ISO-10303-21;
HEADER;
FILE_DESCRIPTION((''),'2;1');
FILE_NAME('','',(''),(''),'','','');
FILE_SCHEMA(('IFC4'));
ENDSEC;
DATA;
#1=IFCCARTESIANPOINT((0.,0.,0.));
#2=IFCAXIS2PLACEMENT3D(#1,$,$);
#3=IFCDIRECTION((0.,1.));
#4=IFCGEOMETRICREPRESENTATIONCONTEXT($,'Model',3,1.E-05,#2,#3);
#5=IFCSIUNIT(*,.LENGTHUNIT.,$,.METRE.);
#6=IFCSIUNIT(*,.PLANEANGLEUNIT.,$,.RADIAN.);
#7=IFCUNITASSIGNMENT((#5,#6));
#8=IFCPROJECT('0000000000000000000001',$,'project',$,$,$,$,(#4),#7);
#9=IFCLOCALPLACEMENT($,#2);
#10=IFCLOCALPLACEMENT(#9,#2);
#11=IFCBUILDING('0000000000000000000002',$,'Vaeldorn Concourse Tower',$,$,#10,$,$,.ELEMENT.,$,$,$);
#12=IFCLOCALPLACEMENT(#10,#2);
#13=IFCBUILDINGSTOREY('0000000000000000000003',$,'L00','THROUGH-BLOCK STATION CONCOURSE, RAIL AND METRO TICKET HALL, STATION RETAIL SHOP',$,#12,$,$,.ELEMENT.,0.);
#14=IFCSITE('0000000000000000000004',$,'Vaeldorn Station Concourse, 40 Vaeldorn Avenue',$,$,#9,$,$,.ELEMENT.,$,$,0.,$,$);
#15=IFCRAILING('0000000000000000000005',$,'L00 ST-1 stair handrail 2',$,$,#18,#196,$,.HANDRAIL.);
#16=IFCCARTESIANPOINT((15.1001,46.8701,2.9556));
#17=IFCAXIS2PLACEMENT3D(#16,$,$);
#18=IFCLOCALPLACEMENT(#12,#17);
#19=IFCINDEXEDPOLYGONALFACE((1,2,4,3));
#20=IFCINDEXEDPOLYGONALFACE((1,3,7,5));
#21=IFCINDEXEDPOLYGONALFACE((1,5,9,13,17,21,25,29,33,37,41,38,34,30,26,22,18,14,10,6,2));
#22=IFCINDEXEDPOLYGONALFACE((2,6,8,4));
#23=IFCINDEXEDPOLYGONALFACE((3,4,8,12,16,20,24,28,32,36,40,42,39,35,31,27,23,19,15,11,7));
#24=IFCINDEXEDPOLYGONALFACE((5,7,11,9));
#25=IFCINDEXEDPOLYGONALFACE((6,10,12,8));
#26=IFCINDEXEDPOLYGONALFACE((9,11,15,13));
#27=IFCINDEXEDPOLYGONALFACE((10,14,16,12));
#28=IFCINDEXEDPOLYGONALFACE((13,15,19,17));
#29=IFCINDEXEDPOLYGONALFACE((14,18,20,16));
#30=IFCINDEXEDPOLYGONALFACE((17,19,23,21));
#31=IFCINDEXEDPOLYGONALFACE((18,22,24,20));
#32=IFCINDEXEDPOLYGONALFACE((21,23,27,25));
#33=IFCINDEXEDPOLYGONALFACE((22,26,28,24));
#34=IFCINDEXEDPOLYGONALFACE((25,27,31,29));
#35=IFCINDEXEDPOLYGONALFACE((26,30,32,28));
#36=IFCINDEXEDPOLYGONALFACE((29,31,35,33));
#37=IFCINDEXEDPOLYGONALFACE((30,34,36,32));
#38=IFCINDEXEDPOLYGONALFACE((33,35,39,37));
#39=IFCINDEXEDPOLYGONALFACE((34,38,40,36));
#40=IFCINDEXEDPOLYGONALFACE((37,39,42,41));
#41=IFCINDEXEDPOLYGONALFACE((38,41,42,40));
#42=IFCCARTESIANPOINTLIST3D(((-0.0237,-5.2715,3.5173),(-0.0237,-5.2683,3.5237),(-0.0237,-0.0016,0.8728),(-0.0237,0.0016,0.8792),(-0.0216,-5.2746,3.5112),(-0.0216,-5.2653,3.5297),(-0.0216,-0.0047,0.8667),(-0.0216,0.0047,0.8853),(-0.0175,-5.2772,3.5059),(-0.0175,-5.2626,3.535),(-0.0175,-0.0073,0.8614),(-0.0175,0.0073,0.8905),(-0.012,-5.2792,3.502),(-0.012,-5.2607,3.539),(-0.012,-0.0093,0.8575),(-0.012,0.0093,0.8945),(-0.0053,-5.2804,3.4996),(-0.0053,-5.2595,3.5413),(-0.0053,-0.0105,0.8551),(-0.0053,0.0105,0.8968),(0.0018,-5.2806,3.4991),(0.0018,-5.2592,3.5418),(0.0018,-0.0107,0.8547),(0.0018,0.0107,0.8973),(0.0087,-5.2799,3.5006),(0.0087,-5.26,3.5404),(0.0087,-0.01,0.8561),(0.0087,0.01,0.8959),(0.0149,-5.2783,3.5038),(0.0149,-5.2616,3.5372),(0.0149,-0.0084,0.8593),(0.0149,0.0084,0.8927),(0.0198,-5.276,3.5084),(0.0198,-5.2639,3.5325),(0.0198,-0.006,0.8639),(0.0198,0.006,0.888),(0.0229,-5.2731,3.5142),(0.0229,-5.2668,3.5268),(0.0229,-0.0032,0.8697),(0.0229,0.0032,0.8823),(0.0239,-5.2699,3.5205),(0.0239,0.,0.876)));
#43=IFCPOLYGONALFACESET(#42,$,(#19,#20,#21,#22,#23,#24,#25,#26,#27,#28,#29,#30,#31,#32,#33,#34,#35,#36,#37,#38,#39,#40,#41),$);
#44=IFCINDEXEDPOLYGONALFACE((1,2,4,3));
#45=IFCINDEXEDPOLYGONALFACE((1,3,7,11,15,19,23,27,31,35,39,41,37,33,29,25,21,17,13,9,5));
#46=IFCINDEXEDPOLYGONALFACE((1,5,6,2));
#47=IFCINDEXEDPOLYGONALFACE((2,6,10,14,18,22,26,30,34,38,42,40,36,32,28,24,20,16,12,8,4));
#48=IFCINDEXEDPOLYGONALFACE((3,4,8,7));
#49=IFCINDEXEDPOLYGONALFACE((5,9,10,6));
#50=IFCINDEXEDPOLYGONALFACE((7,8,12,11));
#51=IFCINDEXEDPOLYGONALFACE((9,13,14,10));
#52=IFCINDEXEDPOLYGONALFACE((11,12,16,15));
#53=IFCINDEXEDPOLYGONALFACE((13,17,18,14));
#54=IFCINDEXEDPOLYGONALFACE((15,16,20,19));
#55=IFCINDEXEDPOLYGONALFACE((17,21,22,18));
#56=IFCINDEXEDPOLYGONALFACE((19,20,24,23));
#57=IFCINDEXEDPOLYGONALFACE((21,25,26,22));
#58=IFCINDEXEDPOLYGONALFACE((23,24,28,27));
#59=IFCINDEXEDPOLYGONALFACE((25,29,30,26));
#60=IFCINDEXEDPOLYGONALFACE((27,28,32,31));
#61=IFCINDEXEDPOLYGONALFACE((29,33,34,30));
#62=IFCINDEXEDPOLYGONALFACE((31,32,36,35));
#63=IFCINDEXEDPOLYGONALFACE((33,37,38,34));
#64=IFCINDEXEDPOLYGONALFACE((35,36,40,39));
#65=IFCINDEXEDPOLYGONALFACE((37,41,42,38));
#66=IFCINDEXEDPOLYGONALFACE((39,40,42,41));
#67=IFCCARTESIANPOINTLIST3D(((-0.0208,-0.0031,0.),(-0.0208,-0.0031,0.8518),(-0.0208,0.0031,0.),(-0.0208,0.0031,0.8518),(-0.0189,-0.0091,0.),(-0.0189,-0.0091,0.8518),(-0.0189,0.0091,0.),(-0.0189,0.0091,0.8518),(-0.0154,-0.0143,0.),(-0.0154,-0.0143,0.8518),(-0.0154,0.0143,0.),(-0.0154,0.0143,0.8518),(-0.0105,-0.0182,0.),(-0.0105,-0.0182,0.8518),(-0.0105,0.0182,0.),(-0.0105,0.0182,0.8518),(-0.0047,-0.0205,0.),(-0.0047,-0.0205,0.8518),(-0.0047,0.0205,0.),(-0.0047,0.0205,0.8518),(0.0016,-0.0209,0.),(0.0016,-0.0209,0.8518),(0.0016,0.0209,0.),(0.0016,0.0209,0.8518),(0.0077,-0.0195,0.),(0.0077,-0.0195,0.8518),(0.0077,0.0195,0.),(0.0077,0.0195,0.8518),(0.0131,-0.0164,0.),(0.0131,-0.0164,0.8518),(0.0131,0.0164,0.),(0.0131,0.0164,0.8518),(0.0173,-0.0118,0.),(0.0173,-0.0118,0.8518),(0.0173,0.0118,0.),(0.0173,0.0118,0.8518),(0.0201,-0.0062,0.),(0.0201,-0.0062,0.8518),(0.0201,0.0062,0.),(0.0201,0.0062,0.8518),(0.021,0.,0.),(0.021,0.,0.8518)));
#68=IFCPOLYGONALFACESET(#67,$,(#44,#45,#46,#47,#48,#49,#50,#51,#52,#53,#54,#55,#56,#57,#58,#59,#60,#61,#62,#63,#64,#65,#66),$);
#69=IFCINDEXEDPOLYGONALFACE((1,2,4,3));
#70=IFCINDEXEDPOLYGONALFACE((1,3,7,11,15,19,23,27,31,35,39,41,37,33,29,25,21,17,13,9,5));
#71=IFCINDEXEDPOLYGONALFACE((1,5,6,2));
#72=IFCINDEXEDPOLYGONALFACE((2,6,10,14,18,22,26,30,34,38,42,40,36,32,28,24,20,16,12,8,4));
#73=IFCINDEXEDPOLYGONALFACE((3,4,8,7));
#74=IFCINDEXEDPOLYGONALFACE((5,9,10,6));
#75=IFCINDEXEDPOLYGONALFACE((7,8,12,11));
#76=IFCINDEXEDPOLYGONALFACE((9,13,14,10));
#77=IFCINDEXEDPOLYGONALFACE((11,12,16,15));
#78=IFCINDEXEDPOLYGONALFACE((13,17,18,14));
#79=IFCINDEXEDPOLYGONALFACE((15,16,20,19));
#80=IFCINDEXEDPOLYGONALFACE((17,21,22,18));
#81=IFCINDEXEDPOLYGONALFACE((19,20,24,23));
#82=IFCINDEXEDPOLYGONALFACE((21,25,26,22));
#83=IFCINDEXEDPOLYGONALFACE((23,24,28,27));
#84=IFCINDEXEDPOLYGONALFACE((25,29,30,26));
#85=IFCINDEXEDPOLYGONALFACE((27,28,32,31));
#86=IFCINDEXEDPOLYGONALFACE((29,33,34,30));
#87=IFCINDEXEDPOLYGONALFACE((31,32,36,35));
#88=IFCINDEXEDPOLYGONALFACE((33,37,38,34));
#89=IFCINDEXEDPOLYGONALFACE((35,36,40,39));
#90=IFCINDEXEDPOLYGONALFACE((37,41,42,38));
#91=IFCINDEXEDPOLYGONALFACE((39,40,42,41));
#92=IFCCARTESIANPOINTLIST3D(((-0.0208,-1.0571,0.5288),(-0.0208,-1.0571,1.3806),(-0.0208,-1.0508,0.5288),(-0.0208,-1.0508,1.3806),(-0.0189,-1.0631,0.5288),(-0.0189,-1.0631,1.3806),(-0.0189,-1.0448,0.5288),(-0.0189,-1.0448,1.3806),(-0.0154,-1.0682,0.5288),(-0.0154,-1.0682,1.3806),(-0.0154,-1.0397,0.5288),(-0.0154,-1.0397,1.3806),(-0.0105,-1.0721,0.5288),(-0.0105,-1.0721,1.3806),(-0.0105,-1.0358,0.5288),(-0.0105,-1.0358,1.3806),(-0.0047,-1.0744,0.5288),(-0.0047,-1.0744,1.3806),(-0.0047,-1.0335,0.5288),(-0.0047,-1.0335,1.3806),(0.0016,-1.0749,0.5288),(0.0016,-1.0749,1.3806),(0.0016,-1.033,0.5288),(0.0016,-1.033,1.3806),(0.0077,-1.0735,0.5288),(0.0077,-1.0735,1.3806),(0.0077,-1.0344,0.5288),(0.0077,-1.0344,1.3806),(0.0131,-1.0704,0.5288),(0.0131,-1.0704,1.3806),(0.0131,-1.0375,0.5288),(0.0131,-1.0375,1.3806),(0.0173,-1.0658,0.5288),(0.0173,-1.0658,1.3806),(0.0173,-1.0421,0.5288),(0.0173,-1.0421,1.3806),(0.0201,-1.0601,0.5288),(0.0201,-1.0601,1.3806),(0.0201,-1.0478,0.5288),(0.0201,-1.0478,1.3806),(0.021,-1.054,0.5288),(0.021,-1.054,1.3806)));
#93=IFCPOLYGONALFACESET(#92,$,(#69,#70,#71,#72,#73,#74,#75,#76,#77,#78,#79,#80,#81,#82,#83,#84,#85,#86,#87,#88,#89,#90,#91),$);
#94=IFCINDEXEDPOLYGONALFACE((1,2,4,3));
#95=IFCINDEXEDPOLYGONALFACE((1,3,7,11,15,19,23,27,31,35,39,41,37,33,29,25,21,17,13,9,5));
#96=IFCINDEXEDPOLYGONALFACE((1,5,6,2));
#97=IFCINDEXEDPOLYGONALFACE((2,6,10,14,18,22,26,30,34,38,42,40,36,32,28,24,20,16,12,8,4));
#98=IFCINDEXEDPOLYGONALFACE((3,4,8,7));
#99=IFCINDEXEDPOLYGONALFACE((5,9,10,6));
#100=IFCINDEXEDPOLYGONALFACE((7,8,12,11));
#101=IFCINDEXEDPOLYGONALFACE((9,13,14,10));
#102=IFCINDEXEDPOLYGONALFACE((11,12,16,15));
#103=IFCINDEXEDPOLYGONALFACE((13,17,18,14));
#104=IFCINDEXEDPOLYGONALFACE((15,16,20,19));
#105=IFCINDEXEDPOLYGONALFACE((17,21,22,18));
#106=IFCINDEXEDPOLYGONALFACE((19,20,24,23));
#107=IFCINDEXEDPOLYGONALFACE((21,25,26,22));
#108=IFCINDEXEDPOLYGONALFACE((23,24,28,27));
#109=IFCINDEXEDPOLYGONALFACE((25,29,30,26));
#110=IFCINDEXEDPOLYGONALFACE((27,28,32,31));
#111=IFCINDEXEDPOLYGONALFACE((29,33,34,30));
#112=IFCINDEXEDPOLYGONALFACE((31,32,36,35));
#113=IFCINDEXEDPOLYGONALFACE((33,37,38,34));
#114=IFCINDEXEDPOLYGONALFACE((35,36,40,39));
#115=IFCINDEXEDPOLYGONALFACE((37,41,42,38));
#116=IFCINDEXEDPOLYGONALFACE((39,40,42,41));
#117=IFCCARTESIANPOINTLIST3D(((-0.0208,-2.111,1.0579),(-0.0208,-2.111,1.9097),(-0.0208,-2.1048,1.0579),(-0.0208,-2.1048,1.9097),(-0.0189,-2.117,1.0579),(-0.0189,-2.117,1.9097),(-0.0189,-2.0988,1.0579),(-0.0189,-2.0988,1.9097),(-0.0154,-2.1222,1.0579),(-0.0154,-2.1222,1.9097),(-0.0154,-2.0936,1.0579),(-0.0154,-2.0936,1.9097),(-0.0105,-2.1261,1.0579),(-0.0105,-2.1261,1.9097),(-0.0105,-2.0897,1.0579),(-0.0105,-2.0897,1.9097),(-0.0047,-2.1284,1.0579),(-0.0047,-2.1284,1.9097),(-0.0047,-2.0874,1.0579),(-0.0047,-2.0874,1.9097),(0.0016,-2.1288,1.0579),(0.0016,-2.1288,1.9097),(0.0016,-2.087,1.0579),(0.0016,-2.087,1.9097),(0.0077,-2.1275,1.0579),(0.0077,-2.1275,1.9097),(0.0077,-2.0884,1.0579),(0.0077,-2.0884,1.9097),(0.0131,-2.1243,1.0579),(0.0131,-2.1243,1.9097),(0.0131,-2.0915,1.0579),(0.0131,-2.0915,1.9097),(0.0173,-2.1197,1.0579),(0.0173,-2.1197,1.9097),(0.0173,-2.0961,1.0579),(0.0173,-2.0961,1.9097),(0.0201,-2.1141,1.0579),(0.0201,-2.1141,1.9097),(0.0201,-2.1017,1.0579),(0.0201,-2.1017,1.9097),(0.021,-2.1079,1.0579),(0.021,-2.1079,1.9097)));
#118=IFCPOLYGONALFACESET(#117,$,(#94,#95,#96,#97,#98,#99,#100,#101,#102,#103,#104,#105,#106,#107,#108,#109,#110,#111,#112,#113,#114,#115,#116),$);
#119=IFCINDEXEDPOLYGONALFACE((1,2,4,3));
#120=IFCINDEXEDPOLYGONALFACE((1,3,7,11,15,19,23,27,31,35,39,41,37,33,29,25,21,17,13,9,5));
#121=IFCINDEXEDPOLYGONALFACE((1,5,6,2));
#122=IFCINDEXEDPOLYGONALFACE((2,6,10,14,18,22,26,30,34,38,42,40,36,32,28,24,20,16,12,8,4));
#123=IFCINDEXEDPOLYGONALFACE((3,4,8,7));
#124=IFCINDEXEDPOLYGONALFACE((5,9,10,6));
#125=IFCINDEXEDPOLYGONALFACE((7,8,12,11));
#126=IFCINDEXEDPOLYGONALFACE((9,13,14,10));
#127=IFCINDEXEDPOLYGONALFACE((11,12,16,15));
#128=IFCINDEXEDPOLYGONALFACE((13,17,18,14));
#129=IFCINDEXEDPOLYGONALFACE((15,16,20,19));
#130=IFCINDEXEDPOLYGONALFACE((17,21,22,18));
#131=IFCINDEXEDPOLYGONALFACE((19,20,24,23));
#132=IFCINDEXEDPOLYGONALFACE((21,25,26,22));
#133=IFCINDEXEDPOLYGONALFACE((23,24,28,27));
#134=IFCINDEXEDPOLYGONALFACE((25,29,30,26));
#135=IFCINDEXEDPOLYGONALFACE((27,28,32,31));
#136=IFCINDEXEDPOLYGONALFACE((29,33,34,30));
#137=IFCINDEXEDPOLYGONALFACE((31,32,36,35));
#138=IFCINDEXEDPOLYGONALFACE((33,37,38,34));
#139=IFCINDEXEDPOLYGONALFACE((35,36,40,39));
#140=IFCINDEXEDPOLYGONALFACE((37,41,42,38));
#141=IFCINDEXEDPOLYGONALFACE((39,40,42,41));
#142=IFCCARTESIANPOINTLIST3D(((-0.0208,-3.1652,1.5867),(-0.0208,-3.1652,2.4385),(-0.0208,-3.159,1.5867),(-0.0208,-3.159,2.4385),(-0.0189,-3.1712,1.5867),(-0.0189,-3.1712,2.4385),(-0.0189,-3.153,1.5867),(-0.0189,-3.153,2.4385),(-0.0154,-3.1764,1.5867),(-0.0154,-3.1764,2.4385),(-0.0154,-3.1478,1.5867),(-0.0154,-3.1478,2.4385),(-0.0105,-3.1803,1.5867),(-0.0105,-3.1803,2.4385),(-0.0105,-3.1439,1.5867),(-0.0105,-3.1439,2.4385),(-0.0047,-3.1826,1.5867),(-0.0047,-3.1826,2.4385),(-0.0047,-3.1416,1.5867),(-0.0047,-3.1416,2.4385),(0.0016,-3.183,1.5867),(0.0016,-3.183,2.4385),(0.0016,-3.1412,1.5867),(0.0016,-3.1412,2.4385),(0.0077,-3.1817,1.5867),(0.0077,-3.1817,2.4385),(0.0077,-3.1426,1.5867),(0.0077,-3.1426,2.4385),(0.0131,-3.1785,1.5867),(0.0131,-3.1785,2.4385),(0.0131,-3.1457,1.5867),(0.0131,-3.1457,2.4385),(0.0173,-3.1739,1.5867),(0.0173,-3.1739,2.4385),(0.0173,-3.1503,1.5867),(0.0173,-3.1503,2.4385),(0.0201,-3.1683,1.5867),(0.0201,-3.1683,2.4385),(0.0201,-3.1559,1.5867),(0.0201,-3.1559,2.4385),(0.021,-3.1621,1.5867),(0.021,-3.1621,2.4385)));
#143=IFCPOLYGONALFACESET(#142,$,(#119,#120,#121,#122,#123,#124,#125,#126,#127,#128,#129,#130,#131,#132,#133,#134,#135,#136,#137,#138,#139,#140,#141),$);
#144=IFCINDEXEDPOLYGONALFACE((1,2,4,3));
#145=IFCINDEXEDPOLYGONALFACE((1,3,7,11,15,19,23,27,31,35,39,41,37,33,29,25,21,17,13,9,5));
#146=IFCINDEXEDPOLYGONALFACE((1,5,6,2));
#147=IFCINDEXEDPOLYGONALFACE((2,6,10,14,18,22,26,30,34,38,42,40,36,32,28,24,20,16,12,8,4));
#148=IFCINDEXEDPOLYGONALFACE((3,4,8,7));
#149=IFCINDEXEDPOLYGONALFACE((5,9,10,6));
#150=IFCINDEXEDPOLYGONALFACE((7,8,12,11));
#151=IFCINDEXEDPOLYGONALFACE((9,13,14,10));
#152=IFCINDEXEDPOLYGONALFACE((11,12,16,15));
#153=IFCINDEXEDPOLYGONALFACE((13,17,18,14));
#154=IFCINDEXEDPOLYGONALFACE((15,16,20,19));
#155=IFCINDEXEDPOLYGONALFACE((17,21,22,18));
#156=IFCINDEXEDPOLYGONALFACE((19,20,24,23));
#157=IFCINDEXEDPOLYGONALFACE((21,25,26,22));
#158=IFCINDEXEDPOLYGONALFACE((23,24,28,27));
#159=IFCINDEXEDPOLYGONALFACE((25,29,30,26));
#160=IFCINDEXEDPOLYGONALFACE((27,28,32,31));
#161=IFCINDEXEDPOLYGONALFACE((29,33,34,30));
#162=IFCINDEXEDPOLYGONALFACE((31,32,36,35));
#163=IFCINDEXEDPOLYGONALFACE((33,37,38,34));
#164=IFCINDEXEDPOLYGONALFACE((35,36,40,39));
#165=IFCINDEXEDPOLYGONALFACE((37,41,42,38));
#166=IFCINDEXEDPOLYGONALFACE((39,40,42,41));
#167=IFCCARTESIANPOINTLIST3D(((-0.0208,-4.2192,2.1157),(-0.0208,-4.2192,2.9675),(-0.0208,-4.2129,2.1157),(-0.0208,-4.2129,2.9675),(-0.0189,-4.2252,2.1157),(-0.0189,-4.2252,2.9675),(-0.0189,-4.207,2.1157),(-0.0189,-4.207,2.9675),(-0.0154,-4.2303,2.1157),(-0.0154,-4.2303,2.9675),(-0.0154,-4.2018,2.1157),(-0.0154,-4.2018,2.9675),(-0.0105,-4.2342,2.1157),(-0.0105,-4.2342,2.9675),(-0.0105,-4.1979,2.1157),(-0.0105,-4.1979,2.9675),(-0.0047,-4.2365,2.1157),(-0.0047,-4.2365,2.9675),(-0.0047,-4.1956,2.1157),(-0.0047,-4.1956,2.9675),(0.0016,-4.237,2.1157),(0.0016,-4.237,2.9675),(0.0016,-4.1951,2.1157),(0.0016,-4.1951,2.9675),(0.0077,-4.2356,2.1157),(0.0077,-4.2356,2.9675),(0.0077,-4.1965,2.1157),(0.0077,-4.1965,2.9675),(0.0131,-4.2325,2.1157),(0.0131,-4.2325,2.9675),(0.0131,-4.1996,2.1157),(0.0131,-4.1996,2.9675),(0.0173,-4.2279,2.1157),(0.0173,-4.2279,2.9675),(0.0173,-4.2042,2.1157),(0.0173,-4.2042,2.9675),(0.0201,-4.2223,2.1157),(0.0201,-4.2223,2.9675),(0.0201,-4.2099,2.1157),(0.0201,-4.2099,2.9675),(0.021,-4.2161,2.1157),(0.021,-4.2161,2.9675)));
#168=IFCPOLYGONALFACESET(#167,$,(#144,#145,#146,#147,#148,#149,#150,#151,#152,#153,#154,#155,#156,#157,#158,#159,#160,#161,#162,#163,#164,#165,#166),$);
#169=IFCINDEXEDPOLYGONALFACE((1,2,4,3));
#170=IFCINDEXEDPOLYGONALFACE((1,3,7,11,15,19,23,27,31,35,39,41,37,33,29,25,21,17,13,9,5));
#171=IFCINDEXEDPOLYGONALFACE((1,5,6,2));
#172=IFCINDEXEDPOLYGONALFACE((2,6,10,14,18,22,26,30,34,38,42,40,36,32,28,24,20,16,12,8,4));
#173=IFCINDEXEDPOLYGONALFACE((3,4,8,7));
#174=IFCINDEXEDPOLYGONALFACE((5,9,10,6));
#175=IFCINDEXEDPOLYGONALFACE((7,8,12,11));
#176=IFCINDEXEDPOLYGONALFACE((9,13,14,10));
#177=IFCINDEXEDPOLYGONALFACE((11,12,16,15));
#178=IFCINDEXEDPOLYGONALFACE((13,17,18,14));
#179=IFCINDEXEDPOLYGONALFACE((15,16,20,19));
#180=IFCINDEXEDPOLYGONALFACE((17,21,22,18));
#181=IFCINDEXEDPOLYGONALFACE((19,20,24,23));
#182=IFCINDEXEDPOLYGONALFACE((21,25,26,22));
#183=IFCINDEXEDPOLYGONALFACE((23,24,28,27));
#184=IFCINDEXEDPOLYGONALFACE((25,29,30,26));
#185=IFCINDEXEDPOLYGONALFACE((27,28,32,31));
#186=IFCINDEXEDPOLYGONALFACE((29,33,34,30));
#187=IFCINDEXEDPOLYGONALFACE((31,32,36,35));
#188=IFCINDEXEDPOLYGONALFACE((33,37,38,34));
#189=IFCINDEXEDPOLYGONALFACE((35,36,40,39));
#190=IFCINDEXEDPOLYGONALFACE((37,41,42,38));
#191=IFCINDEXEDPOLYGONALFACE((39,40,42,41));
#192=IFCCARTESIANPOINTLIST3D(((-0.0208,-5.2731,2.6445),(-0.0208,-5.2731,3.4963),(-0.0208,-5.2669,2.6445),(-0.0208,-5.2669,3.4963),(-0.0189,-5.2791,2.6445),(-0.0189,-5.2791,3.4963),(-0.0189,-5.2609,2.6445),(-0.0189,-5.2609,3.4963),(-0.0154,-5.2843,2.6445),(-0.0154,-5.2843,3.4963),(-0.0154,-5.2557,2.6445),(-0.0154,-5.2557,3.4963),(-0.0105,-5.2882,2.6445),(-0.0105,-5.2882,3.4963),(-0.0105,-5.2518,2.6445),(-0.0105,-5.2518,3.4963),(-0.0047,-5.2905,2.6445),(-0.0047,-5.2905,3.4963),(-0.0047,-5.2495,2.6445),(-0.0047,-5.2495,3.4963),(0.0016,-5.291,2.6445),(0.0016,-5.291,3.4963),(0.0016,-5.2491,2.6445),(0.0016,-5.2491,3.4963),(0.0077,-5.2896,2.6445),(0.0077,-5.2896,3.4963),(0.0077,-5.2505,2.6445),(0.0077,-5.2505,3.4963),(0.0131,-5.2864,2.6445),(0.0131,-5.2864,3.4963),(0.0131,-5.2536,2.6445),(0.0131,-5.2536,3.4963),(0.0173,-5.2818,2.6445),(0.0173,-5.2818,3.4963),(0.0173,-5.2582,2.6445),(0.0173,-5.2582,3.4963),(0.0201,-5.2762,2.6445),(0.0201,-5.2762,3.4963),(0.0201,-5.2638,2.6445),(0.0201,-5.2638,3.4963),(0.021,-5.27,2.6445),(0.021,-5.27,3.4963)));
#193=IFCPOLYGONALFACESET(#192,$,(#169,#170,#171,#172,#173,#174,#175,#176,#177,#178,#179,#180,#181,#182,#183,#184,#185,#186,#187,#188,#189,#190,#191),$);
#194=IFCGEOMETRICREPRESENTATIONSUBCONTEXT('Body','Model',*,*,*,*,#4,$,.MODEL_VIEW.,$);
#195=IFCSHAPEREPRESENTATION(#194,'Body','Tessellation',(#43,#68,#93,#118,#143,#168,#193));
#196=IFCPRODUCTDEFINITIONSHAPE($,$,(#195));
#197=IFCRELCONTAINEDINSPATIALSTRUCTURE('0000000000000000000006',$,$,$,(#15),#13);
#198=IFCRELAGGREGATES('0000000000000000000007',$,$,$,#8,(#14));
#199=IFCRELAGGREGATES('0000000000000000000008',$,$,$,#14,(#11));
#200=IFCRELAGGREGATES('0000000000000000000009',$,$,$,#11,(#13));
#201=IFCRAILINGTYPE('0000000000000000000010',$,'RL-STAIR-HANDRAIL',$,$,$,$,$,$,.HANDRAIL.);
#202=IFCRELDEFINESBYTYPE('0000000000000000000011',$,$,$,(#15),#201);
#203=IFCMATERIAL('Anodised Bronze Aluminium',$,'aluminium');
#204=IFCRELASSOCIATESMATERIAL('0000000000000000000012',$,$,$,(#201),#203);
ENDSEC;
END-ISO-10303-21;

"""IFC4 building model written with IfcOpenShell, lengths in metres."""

from ifc_helpers import new_model, si_unit, direction, frame, origin, origin_2d, place, context, subcontext, project, spatial, circle, extrude, material, type_object, element, save


model = new_model("IFC4")

# Units and contexts
model_context = context("Model", 3, precision=1e-05, world=origin(), true_north=direction((0.0, 1.0)))
body_context = subcontext(model_context, "Body", "Model", "MODEL_VIEW")
ifc_project = project(units=[si_unit("LENGTHUNIT", "METRE"), si_unit("PLANEANGLEUNIT", "RADIAN")], contexts=[model_context])

# Site, building, storey
site_placement = place(None, origin())
site = spatial("IfcSite", under=ifc_project, at=site_placement, Name="Vaeldorn Station Concourse, 40 Vaeldorn Avenue", CompositionType="ELEMENT", RefElevation=0.0)
building_placement = place(site_placement, origin())
building = spatial("IfcBuilding", under=site, at=building_placement, Name="Vaeldorn Concourse Tower", CompositionType="ELEMENT")
storey_placement = place(building_placement, origin())
storey = spatial("IfcBuildingStorey", under=building, at=storey_placement, Name="L00", Description="THROUGH-BLOCK STATION CONCOURSE, RAIL AND METRO TICKET HALL, STATION RETAIL SHOP", CompositionType="ELEMENT", Elevation=0.0)

# Railing
ifc_material_1 = material(Name="Anodised Bronze Aluminium", Category="aluminium")
railing_type_1 = type_object("IfcRailingType", Name="RL-STAIR-HANDRAIL", PredefinedType="HANDRAIL", material=ifc_material_1)
railing_1_placement = place(storey_placement, frame((15.1001, 46.8701, 2.9556)))
element("IfcRailing", 1, at=railing_1_placement, inside=storey, type_object=railing_type_1, Name="L00 ST-1 stair handrail 2", PredefinedType="HANDRAIL", context=body_context, shape_type="SweptSolid", body=[
    extrude(circle(Radius=0.0239, at=origin_2d()), frame((0.0, 0.0, 0.876), z_axis=(0.0, -0.89378, 0.448505), x_axis=(1.0, 0.0, 0.0)), (0.0, 0.0, 1.0), 5.8962),
    extrude(circle(Radius=0.021, at=origin_2d()), origin(), (0.0, 0.0, 1.0), 0.8518),
    extrude(circle(Radius=0.021, at=origin_2d()), frame((0.0, -1.054, 0.5288)), (0.0, 0.0, 1.0), 0.8518),
    extrude(circle(Radius=0.021, at=origin_2d()), frame((0.0, -2.1079, 1.0579)), (0.0, 0.0, 1.0), 0.8518),
    extrude(circle(Radius=0.021, at=origin_2d()), frame((0.0, -3.1621, 1.5867)), (0.0, 0.0, 1.0), 0.8518),
    extrude(circle(Radius=0.021, at=origin_2d()), frame((0.0, -4.2161, 2.1157)), (0.0, 0.0, 1.0), 0.8518),
    extrude(circle(Radius=0.021, at=origin_2d()), frame((0.0, -5.27, 2.6445)), (0.0, 0.0, 1.0), 0.8518),
])

save(model, "model.ifc")
